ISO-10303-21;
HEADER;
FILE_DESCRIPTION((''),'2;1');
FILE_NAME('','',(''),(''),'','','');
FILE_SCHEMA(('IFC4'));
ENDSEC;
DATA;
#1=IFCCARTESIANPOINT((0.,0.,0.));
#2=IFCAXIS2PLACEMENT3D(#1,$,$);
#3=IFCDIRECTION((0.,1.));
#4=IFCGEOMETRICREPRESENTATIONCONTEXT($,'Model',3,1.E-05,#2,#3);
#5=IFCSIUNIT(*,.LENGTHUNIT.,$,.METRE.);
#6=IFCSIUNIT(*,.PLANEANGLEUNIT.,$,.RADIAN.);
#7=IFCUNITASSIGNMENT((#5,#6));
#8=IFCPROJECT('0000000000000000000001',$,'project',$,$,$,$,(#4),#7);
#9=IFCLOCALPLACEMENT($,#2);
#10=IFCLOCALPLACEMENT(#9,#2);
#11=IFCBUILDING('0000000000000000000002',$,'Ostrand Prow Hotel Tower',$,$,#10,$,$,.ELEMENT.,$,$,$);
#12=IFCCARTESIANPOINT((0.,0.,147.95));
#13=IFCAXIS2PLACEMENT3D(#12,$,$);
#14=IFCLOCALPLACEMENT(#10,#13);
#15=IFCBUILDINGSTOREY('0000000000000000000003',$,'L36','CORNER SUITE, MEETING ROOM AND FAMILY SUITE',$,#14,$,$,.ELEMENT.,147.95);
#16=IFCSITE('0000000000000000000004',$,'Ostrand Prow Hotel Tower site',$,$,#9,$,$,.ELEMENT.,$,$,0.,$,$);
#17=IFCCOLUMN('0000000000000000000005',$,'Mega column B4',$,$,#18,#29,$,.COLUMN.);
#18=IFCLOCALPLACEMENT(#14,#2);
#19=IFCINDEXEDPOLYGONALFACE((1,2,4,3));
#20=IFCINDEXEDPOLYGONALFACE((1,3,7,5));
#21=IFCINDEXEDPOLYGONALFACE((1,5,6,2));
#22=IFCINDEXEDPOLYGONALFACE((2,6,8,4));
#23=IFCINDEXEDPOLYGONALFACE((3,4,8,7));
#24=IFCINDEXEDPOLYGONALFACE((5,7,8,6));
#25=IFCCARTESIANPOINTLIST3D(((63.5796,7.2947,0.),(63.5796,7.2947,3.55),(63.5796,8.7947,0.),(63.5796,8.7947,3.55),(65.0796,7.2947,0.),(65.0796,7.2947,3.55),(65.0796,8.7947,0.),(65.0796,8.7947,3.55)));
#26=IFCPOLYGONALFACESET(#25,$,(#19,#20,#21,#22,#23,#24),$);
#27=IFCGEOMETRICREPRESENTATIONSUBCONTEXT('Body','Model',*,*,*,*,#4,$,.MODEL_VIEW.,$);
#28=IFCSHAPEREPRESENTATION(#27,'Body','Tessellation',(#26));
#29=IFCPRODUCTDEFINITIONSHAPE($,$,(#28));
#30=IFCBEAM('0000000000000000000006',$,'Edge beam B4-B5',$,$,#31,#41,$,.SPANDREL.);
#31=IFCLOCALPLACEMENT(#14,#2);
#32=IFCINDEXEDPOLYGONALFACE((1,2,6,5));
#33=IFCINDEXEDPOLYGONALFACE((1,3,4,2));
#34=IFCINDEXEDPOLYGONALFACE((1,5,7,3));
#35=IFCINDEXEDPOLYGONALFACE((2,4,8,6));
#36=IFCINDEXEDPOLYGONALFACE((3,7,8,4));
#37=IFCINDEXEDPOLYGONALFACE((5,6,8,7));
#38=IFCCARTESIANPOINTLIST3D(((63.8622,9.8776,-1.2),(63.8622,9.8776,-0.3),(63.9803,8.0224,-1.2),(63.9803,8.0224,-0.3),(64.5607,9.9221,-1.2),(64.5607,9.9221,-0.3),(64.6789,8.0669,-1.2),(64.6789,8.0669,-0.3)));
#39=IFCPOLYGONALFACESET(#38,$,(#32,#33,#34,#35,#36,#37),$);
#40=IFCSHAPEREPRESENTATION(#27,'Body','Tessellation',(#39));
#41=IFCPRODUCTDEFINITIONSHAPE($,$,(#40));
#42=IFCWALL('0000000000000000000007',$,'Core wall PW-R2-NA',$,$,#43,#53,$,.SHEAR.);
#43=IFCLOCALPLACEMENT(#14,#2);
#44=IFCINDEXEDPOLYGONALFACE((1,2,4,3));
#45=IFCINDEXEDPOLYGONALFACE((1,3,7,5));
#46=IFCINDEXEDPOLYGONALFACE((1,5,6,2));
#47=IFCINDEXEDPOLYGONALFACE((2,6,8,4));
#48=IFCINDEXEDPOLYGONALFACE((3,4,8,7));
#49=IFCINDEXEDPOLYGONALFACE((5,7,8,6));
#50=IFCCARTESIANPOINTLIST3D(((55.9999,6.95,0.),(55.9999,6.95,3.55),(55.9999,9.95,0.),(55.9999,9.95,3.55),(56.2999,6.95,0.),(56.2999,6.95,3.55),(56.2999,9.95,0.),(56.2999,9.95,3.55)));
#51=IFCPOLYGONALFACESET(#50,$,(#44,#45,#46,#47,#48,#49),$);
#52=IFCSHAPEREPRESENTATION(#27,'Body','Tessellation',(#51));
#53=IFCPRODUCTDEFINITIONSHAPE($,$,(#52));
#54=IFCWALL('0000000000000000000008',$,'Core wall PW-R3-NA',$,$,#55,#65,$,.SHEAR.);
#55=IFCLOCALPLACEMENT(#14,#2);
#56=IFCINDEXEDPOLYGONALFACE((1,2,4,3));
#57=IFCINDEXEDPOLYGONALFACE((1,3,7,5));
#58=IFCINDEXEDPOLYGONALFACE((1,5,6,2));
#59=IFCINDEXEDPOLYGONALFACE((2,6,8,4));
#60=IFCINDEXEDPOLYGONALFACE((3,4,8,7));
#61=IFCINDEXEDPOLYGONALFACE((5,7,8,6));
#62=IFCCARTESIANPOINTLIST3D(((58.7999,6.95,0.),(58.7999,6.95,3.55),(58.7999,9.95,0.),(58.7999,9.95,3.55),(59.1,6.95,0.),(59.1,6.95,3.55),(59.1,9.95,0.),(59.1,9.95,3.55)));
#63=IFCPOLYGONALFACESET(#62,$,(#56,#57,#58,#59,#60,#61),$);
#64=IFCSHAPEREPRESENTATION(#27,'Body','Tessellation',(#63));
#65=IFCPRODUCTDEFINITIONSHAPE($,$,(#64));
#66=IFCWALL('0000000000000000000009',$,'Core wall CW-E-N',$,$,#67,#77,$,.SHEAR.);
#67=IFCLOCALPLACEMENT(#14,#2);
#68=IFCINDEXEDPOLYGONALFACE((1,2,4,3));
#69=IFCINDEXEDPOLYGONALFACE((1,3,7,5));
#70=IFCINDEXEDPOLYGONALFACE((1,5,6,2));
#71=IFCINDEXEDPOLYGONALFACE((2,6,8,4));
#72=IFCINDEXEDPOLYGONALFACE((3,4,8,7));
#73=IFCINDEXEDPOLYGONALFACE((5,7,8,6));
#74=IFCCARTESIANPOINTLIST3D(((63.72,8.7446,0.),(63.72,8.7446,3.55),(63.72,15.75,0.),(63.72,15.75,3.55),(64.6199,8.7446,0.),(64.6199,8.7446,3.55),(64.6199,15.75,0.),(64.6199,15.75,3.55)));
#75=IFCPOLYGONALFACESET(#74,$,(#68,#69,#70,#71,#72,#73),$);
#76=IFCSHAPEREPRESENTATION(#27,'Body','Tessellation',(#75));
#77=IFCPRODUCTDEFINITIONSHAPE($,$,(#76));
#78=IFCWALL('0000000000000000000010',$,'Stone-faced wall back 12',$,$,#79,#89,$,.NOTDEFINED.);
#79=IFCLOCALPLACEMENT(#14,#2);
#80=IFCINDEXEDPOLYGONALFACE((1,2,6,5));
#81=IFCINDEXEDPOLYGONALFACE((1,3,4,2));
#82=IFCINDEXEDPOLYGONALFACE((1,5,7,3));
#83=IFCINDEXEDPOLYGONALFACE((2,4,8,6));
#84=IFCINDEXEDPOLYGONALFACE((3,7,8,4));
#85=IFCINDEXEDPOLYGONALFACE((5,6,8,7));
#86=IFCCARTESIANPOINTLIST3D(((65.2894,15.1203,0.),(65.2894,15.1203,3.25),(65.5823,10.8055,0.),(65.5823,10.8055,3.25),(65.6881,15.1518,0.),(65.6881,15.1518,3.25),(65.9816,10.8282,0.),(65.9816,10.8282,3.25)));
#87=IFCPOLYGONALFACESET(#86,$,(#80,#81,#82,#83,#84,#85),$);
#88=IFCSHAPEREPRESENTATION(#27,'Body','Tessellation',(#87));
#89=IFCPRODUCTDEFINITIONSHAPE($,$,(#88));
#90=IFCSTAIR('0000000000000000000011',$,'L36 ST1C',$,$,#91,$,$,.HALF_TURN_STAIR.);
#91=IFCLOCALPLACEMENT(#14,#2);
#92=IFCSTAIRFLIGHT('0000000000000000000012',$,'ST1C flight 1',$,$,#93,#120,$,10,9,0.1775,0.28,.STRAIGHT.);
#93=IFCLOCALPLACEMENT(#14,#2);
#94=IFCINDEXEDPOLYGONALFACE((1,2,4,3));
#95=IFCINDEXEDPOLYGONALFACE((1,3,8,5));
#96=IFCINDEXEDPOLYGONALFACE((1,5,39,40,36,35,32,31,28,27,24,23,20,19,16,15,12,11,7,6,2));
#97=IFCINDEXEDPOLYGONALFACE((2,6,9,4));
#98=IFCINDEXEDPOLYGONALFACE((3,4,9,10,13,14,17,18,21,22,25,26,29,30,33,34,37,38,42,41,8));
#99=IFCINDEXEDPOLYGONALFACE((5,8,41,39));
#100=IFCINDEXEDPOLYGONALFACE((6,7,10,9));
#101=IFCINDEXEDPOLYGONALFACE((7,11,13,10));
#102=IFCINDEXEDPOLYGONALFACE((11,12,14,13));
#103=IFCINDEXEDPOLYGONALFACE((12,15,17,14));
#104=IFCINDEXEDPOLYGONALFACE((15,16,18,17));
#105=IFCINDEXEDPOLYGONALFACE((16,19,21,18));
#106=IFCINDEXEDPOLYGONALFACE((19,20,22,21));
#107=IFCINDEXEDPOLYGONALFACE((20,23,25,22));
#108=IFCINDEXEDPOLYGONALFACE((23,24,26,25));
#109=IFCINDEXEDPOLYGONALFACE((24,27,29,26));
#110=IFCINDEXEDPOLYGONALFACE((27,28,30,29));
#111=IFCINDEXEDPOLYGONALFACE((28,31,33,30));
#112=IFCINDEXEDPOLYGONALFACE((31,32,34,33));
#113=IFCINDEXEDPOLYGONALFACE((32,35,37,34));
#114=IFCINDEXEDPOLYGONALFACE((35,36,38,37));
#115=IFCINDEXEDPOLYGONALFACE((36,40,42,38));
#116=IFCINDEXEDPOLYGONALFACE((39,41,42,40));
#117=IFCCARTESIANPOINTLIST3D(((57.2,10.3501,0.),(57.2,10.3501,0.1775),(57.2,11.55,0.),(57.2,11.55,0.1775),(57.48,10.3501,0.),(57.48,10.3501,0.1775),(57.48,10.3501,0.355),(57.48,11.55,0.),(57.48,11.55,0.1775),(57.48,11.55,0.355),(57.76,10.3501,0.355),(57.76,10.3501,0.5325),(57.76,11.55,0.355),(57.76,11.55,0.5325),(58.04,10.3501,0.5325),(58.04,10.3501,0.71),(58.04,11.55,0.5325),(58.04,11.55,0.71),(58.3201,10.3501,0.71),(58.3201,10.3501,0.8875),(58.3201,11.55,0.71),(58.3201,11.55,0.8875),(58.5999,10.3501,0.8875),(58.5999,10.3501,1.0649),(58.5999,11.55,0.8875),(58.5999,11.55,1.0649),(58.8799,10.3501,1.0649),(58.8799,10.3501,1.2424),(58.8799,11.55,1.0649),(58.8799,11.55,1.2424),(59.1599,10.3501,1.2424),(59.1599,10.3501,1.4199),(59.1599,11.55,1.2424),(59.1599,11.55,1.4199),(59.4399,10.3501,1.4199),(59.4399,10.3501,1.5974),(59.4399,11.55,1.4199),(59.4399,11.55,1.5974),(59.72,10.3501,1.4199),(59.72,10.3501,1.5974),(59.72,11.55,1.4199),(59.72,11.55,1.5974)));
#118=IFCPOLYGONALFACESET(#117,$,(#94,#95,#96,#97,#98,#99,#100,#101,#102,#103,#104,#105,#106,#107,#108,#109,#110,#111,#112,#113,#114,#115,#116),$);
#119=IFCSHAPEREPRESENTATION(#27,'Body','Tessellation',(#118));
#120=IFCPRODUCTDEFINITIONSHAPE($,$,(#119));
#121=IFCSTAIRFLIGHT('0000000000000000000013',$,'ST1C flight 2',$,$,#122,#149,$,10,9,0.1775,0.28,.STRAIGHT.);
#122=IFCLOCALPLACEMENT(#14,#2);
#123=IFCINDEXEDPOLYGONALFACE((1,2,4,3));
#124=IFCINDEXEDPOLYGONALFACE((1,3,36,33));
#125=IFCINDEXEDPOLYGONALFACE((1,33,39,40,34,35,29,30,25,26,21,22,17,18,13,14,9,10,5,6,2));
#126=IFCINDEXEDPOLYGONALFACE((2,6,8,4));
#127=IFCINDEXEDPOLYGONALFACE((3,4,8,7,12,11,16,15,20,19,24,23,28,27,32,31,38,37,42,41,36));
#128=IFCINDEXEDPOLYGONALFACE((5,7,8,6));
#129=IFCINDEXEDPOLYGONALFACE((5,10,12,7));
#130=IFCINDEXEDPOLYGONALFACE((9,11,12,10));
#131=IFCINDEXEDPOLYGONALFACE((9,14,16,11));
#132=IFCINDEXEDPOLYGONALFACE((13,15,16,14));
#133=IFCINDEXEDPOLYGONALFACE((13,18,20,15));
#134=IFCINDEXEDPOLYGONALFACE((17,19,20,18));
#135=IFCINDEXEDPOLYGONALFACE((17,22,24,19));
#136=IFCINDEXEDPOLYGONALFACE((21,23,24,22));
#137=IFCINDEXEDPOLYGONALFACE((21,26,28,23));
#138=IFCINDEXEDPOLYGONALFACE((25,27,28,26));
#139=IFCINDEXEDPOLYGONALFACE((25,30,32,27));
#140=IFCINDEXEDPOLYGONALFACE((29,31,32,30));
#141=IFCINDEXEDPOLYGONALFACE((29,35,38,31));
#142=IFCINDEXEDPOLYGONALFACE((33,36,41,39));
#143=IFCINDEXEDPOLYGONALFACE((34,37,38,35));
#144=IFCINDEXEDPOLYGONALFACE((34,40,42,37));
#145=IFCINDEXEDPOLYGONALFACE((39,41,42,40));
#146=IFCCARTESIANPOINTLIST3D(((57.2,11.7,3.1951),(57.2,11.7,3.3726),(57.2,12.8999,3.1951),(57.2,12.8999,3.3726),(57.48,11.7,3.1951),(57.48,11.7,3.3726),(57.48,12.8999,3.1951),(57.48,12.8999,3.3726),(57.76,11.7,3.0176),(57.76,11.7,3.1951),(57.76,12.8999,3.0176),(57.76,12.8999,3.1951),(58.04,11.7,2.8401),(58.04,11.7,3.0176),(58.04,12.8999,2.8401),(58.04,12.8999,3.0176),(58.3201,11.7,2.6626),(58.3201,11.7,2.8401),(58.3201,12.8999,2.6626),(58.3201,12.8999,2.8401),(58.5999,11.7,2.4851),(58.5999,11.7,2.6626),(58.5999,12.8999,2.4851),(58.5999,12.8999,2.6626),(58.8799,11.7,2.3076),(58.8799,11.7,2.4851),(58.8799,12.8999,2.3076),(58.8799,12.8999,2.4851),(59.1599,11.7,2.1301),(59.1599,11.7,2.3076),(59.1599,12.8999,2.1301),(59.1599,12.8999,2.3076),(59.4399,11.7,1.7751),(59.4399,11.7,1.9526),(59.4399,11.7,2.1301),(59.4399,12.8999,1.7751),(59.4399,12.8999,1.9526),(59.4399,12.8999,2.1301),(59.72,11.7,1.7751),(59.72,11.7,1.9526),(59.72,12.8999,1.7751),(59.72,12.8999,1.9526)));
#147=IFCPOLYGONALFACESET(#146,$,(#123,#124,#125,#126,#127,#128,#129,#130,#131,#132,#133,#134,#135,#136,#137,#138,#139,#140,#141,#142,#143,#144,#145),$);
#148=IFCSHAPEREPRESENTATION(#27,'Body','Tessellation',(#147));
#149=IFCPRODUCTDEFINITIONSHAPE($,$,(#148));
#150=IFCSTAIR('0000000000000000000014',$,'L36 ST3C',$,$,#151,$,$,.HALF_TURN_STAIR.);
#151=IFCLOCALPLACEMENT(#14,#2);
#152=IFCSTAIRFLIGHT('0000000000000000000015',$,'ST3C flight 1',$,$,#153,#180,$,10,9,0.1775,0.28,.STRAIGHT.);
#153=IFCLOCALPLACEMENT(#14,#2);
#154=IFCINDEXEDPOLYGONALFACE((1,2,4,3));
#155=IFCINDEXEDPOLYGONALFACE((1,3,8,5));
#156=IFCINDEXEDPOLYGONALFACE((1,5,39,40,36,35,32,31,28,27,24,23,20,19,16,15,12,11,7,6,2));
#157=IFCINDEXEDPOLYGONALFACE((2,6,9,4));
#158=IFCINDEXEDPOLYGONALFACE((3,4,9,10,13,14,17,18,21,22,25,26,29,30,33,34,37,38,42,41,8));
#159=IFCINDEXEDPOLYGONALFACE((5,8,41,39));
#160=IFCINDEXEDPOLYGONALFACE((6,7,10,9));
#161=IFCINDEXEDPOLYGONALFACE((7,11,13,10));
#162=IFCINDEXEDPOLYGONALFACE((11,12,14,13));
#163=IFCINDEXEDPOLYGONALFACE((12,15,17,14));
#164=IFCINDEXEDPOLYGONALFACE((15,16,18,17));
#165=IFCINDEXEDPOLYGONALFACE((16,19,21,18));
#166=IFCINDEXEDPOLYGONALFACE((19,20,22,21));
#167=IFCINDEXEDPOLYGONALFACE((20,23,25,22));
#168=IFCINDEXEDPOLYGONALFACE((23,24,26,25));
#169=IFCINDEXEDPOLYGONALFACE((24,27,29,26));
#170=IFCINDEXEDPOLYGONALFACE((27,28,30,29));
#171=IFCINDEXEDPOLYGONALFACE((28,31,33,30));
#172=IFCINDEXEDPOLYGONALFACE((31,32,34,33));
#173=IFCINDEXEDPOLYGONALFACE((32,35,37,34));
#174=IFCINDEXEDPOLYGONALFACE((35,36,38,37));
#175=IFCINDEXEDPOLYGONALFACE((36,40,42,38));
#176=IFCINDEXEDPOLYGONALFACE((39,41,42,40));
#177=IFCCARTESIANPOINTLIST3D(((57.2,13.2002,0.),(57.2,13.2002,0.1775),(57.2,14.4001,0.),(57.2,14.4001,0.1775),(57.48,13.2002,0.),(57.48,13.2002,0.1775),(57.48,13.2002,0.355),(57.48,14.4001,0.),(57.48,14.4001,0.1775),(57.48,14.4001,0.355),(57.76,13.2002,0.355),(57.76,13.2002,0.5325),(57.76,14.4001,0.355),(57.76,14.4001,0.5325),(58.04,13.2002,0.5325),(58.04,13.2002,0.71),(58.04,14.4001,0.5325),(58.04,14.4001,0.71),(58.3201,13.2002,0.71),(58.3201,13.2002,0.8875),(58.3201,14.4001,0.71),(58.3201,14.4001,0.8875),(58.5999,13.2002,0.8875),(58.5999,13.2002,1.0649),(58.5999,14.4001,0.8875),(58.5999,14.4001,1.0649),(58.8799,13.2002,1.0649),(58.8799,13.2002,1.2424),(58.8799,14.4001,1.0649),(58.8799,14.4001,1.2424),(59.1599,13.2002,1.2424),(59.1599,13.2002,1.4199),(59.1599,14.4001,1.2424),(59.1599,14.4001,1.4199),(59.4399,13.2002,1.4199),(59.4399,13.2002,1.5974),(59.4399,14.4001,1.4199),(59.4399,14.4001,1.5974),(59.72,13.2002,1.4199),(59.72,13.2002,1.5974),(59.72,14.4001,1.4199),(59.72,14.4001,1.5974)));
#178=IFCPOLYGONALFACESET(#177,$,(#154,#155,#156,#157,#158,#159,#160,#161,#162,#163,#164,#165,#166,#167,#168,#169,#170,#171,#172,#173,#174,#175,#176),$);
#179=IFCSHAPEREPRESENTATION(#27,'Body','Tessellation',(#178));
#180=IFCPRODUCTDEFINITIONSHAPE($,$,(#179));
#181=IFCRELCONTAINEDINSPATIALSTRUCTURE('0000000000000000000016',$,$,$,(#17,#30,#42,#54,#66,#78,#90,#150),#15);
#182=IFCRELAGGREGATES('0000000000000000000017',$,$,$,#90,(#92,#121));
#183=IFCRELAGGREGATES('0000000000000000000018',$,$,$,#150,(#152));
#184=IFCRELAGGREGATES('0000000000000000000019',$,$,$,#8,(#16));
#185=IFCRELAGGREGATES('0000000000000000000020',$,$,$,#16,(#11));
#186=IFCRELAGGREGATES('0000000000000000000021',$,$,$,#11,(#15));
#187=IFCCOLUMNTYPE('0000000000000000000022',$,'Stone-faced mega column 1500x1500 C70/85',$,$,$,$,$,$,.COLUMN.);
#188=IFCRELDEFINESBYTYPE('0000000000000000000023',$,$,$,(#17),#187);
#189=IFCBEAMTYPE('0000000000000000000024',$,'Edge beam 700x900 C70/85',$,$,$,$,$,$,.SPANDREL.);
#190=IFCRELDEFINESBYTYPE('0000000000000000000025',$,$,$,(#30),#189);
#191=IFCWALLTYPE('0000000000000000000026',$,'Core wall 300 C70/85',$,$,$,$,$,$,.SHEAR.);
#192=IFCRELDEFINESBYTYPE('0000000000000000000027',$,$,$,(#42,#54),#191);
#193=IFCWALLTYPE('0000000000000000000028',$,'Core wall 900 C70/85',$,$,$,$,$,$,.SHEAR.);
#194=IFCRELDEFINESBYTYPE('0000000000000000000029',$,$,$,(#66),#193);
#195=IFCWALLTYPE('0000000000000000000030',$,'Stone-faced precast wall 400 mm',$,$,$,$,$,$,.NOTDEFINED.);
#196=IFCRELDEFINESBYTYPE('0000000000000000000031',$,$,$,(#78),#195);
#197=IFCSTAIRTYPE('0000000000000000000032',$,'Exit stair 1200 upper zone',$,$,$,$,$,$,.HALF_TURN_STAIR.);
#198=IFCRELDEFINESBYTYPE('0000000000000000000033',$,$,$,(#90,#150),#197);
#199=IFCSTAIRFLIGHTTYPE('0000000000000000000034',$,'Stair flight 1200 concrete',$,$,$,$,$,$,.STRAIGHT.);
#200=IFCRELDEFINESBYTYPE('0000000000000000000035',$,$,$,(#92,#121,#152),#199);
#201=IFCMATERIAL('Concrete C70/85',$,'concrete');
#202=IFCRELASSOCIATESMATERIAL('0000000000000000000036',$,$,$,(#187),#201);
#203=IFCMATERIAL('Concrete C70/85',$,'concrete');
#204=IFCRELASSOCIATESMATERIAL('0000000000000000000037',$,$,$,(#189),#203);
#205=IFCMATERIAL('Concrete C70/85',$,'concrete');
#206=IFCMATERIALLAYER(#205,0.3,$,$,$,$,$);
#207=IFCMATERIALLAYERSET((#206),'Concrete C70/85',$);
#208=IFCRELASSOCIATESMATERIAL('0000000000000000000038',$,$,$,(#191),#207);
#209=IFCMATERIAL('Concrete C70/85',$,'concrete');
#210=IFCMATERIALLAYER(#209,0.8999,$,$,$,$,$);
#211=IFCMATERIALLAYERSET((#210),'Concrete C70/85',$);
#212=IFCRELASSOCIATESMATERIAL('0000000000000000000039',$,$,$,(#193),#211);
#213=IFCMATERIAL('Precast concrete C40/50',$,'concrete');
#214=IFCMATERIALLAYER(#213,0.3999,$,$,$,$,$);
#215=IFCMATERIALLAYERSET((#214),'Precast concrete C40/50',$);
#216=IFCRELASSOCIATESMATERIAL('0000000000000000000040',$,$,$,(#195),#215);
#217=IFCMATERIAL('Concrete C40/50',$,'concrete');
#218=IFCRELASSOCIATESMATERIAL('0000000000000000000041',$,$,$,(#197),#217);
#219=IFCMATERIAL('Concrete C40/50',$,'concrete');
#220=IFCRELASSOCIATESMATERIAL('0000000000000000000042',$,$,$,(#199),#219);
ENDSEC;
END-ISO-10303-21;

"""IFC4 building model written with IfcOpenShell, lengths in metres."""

from ifc_helpers import new_model, si_unit, direction, frame, frame_2d, origin, origin_2d, place, context, subcontext, project, spatial, polyline, rectangle, outline, extrude, material, layer, layer_set, material_profile, profile_set, type_object, element, aggregate, save


model = new_model("IFC4")

# Units and contexts
model_context = context("Model", 3, precision=1e-05, world=origin(), true_north=direction((0.0, 1.0)))
body_context = subcontext(model_context, "Body", "Model", "MODEL_VIEW")
ifc_project = project(units=[si_unit("LENGTHUNIT", "METRE"), si_unit("PLANEANGLEUNIT", "RADIAN")], contexts=[model_context])

# Site, building, storey
site_placement = place(None, origin())
site = spatial("IfcSite", under=ifc_project, at=site_placement, Name="Ostrand Prow Hotel Tower site", CompositionType="ELEMENT", RefElevation=0.0)
building_placement = place(site_placement, origin())
building = spatial("IfcBuilding", under=site, at=building_placement, Name="Ostrand Prow Hotel Tower", CompositionType="ELEMENT")
storey_placement = place(building_placement, frame((0.0, 0.0, 147.95)))
storey = spatial("IfcBuildingStorey", under=building, at=storey_placement, Name="L36", Description="CORNER SUITE, MEETING ROOM AND FAMILY SUITE", CompositionType="ELEMENT", Elevation=147.95)

# Column
ifc_material_1 = material(Name="Concrete C70/85", Category="concrete")
ifc_material_profile_1 = material_profile(ifc_material_1, rectangle(XDim=1.5, YDim=1.5, at=origin_2d()), Name="RC 1500x1500")
ifc_profile_set_1 = profile_set([ifc_material_profile_1], Name="Concrete C70/85")
column_type = type_object("IfcColumnType", Name="Stone-faced mega column 1500x1500 C70/85", PredefinedType="COLUMN", material=ifc_profile_set_1)
column_placement = place(storey_placement, frame((64.3296, 8.0447, 0.0), z_axis=(0.0, 0.0, 1.0), x_axis=(1.0, 0.0, 0.0)))
element("IfcColumn", 1, at=column_placement, inside=storey, type_object=column_type, Name="Mega column B4", PredefinedType="COLUMN", context=body_context, shape_type="SweptSolid", body=[
    extrude(rectangle(XDim=1.5, YDim=1.5, at=origin_2d()), origin(), (0.0, 0.0, 1.0), 3.55),
])

# Beam
ifc_material_2 = material(Name="Concrete C70/85", Category="concrete")
ifc_material_profile_2 = material_profile(ifc_material_2, rectangle(XDim=0.7, YDim=0.8999, at=origin_2d()), Name="RC 700x900")
ifc_profile_set_2 = profile_set([ifc_material_profile_2], Name="Concrete C70/85")
beam_type = type_object("IfcBeamType", Name="Edge beam 700x900 C70/85", PredefinedType="SPANDREL", material=ifc_profile_set_2)
beam_placement = place(storey_placement, frame((64.3296, 8.0447, -0.75), z_axis=(-0.063564, 0.997978, 0.0), x_axis=(-0.997978, -0.063564, 0.0)))
element("IfcBeam", 2, at=beam_placement, inside=storey, type_object=beam_type, Name="Edge beam B4-B5", PredefinedType="SPANDREL", context=body_context, shape_type="SweptSolid", body=[
    extrude(rectangle(XDim=0.7, YDim=0.8999, at=origin_2d()), origin(), (0.0, 0.0, 1.0), 1.8589),
])

# Walls
ifc_material_3 = material(Name="Concrete C70/85", Category="concrete")
ifc_layer_1 = layer(ifc_material_3, 0.3)
ifc_layer_set_1 = layer_set([ifc_layer_1], Name="Concrete C70/85")
wall_type_1 = type_object("IfcWallType", Name="Core wall 300 C70/85", PredefinedType="SHEAR", material=ifc_layer_set_1)
for number, where, z_axis, x_axis, name in (
    (3, (56.1499, 6.95, 0.0), (0.0, 0.0, 1.0), (0.0, 1.0, 0.0), "Core wall PW-R2-NA"),
    (4, (58.95, 6.95, 0.0), (0.0, 0.0, 1.0), (0.0, 1.0, 0.0), "Core wall PW-R3-NA"),
):
    element("IfcWall", number, at=place(storey_placement, frame(where, z_axis=z_axis, x_axis=x_axis)), inside=storey, type_object=wall_type_1, Name=name, PredefinedType="SHEAR", context=body_context, shape_type="SweptSolid", body=[
        extrude(rectangle(XDim=3.0, YDim=0.3, at=frame_2d((1.5, 0.0))), origin(), (0.0, 0.0, 1.0), 3.55),
    ])
ifc_material_4 = material(Name="Concrete C70/85", Category="concrete")
ifc_layer_2 = layer(ifc_material_4, 0.8999)
ifc_layer_set_2 = layer_set([ifc_layer_2], Name="Concrete C70/85")
wall_type_2 = type_object("IfcWallType", Name="Core wall 900 C70/85", PredefinedType="SHEAR", material=ifc_layer_set_2)
wall_1_placement = place(storey_placement, frame((64.1699, 8.7446, 0.0), z_axis=(0.0, 0.0, 1.0), x_axis=(0.0, 1.0, 0.0)))
element("IfcWall", 5, at=wall_1_placement, inside=storey, type_object=wall_type_2, Name="Core wall CW-E-N", PredefinedType="SHEAR", context=body_context, shape_type="SweptSolid", body=[
    extrude(rectangle(XDim=7.0054, YDim=0.8999, at=frame_2d((3.5027, 0.0))), origin(), (0.0, 0.0, 1.0), 3.55),
])
ifc_material_5 = material(Name="Precast concrete C40/50", Category="concrete")
ifc_layer_3 = layer(ifc_material_5, 0.3999)
ifc_layer_set_3 = layer_set([ifc_layer_3], Name="Precast concrete C40/50")
wall_type_3 = type_object("IfcWallType", Name="Stone-faced precast wall 400 mm", PredefinedType="NOTDEFINED", material=ifc_layer_set_3)
wall_2_placement = place(storey_placement, frame((65.782, 10.8169, 0.0), z_axis=(0.0, 0.0, 1.0), x_axis=(-0.067732, 0.997704, 0.0)))
element("IfcWall", 6, at=wall_2_placement, inside=storey, type_object=wall_type_3, Name="Stone-faced wall back 12", PredefinedType="NOTDEFINED", context=body_context, shape_type="SweptSolid", body=[
    extrude(outline(polyline([(-0.0022, -0.2), (4.3313, -0.2), (4.3269, 0.2), (0.0022, 0.2), (-0.0022, -0.2)])), origin(), (0.0, 0.0, 1.0), 3.25),
])

# Stair, stair flights
ifc_material_6 = material(Name="Concrete C40/50", Category="concrete")
stair_type = type_object("IfcStairType", Name="Exit stair 1200 upper zone", PredefinedType="HALF_TURN_STAIR", material=ifc_material_6)
stair_1_placement = place(storey_placement, origin())
stair_1 = element("IfcStair", 7, at=stair_1_placement, inside=storey, type_object=stair_type, Name="L36 ST1C", PredefinedType="HALF_TURN_STAIR")
ifc_material_7 = material(Name="Concrete C40/50", Category="concrete")
stair_flight_type = type_object("IfcStairFlightType", Name="Stair flight 1200 concrete", PredefinedType="STRAIGHT", material=ifc_material_7)
stair_flight_1_placement = place(storey_placement, frame((57.2, 10.95, 0.0), z_axis=(0.0, 0.0, 1.0), x_axis=(1.0, 0.0, 0.0)))
stair_flight_1 = element("IfcStairFlight", 8, at=stair_flight_1_placement, type_object=stair_flight_type, Name="ST1C flight 1", NumberOfRisers=10, NumberOfTreads=9, PredefinedType="STRAIGHT", RiserHeight=0.1775, TreadLength=0.28, context=body_context, shape_type="SweptSolid", body=[
    extrude(outline(polyline([(0.0, 0.0), (0.0, 0.1775), (0.28, 0.1775), (0.28, 0.355), (0.5601, 0.355), (0.5601, 0.5325), (0.8401, 0.5325), (0.8401, 0.71), (1.1201, 0.71), (1.1201, 0.8875), (1.3999, 0.8875), (1.3999, 1.0649), (1.6799, 1.0649), (1.6799, 1.2424), (1.96, 1.2424), (1.96, 1.4199), (2.24, 1.4199), (2.24, 1.5974), (2.52, 1.5974), (2.52, 1.7749), (2.52, 1.4199), (0.28, 0.0), (0.0, 0.0)])), frame((0.0, 0.6001, 0.0), z_axis=(0.0, -1.0, 0.0), x_axis=(1.0, 0.0, 0.0)), (0.0, 0.0, 1.0), 1.2),
])
stair_flight_2_placement = place(storey_placement, frame((59.72, 12.3, 1.7751), z_axis=(0.0, 0.0, 1.0), x_axis=(-1.0, 0.0, 0.0)))
stair_flight_2 = element("IfcStairFlight", 9, at=stair_flight_2_placement, type_object=stair_flight_type, Name="ST1C flight 2", NumberOfRisers=10, NumberOfTreads=9, PredefinedType="STRAIGHT", RiserHeight=0.1775, TreadLength=0.28, context=body_context, shape_type="SweptSolid", body=[
    extrude(outline(polyline([(0.0, 0.0), (0.0, 0.1775), (0.28, 0.1775), (0.28, 0.355), (0.5601, 0.355), (0.5601, 0.5325), (0.8401, 0.5325), (0.8401, 0.71), (1.1201, 0.71), (1.1201, 0.8875), (1.3999, 0.8875), (1.3999, 1.0649), (1.6799, 1.0649), (1.6799, 1.2424), (1.96, 1.2424), (1.96, 1.4199), (2.24, 1.4199), (2.24, 1.5974), (2.52, 1.5974), (2.52, 1.7749), (2.52, 1.4199), (0.28, 0.0), (0.0, 0.0)])), frame((0.0, 0.6001, 0.0), z_axis=(0.0, -1.0, 0.0), x_axis=(1.0, 0.0, 0.0)), (0.0, 0.0, 1.0), 1.2),
])
aggregate(stair_1, [stair_flight_1, stair_flight_2])

# Stair, stair flight
stair_2_placement = place(storey_placement, origin())
stair_2 = element("IfcStair", 10, at=stair_2_placement, inside=storey, type_object=stair_type, Name="L36 ST3C", PredefinedType="HALF_TURN_STAIR")
stair_flight_3_placement = place(storey_placement, frame((57.2, 13.8, 0.0), z_axis=(0.0, 0.0, 1.0), x_axis=(1.0, 0.0, 0.0)))
stair_flight_3 = element("IfcStairFlight", 11, at=stair_flight_3_placement, type_object=stair_flight_type, Name="ST3C flight 1", NumberOfRisers=10, NumberOfTreads=9, PredefinedType="STRAIGHT", RiserHeight=0.1775, TreadLength=0.28, context=body_context, shape_type="SweptSolid", body=[
    extrude(outline(polyline([(0.0, 0.0), (0.0, 0.1775), (0.28, 0.1775), (0.28, 0.355), (0.5601, 0.355), (0.5601, 0.5325), (0.8401, 0.5325), (0.8401, 0.71), (1.1201, 0.71), (1.1201, 0.8875), (1.3999, 0.8875), (1.3999, 1.0649), (1.6799, 1.0649), (1.6799, 1.2424), (1.96, 1.2424), (1.96, 1.4199), (2.24, 1.4199), (2.24, 1.5974), (2.52, 1.5974), (2.52, 1.7749), (2.52, 1.4199), (0.28, 0.0), (0.0, 0.0)])), frame((0.0, 0.6001, 0.0), z_axis=(0.0, -1.0, 0.0), x_axis=(1.0, 0.0, 0.0)), (0.0, 0.0, 1.0), 1.2),
])
aggregate(stair_2, [stair_flight_3])

save(model, "model.ifc")
